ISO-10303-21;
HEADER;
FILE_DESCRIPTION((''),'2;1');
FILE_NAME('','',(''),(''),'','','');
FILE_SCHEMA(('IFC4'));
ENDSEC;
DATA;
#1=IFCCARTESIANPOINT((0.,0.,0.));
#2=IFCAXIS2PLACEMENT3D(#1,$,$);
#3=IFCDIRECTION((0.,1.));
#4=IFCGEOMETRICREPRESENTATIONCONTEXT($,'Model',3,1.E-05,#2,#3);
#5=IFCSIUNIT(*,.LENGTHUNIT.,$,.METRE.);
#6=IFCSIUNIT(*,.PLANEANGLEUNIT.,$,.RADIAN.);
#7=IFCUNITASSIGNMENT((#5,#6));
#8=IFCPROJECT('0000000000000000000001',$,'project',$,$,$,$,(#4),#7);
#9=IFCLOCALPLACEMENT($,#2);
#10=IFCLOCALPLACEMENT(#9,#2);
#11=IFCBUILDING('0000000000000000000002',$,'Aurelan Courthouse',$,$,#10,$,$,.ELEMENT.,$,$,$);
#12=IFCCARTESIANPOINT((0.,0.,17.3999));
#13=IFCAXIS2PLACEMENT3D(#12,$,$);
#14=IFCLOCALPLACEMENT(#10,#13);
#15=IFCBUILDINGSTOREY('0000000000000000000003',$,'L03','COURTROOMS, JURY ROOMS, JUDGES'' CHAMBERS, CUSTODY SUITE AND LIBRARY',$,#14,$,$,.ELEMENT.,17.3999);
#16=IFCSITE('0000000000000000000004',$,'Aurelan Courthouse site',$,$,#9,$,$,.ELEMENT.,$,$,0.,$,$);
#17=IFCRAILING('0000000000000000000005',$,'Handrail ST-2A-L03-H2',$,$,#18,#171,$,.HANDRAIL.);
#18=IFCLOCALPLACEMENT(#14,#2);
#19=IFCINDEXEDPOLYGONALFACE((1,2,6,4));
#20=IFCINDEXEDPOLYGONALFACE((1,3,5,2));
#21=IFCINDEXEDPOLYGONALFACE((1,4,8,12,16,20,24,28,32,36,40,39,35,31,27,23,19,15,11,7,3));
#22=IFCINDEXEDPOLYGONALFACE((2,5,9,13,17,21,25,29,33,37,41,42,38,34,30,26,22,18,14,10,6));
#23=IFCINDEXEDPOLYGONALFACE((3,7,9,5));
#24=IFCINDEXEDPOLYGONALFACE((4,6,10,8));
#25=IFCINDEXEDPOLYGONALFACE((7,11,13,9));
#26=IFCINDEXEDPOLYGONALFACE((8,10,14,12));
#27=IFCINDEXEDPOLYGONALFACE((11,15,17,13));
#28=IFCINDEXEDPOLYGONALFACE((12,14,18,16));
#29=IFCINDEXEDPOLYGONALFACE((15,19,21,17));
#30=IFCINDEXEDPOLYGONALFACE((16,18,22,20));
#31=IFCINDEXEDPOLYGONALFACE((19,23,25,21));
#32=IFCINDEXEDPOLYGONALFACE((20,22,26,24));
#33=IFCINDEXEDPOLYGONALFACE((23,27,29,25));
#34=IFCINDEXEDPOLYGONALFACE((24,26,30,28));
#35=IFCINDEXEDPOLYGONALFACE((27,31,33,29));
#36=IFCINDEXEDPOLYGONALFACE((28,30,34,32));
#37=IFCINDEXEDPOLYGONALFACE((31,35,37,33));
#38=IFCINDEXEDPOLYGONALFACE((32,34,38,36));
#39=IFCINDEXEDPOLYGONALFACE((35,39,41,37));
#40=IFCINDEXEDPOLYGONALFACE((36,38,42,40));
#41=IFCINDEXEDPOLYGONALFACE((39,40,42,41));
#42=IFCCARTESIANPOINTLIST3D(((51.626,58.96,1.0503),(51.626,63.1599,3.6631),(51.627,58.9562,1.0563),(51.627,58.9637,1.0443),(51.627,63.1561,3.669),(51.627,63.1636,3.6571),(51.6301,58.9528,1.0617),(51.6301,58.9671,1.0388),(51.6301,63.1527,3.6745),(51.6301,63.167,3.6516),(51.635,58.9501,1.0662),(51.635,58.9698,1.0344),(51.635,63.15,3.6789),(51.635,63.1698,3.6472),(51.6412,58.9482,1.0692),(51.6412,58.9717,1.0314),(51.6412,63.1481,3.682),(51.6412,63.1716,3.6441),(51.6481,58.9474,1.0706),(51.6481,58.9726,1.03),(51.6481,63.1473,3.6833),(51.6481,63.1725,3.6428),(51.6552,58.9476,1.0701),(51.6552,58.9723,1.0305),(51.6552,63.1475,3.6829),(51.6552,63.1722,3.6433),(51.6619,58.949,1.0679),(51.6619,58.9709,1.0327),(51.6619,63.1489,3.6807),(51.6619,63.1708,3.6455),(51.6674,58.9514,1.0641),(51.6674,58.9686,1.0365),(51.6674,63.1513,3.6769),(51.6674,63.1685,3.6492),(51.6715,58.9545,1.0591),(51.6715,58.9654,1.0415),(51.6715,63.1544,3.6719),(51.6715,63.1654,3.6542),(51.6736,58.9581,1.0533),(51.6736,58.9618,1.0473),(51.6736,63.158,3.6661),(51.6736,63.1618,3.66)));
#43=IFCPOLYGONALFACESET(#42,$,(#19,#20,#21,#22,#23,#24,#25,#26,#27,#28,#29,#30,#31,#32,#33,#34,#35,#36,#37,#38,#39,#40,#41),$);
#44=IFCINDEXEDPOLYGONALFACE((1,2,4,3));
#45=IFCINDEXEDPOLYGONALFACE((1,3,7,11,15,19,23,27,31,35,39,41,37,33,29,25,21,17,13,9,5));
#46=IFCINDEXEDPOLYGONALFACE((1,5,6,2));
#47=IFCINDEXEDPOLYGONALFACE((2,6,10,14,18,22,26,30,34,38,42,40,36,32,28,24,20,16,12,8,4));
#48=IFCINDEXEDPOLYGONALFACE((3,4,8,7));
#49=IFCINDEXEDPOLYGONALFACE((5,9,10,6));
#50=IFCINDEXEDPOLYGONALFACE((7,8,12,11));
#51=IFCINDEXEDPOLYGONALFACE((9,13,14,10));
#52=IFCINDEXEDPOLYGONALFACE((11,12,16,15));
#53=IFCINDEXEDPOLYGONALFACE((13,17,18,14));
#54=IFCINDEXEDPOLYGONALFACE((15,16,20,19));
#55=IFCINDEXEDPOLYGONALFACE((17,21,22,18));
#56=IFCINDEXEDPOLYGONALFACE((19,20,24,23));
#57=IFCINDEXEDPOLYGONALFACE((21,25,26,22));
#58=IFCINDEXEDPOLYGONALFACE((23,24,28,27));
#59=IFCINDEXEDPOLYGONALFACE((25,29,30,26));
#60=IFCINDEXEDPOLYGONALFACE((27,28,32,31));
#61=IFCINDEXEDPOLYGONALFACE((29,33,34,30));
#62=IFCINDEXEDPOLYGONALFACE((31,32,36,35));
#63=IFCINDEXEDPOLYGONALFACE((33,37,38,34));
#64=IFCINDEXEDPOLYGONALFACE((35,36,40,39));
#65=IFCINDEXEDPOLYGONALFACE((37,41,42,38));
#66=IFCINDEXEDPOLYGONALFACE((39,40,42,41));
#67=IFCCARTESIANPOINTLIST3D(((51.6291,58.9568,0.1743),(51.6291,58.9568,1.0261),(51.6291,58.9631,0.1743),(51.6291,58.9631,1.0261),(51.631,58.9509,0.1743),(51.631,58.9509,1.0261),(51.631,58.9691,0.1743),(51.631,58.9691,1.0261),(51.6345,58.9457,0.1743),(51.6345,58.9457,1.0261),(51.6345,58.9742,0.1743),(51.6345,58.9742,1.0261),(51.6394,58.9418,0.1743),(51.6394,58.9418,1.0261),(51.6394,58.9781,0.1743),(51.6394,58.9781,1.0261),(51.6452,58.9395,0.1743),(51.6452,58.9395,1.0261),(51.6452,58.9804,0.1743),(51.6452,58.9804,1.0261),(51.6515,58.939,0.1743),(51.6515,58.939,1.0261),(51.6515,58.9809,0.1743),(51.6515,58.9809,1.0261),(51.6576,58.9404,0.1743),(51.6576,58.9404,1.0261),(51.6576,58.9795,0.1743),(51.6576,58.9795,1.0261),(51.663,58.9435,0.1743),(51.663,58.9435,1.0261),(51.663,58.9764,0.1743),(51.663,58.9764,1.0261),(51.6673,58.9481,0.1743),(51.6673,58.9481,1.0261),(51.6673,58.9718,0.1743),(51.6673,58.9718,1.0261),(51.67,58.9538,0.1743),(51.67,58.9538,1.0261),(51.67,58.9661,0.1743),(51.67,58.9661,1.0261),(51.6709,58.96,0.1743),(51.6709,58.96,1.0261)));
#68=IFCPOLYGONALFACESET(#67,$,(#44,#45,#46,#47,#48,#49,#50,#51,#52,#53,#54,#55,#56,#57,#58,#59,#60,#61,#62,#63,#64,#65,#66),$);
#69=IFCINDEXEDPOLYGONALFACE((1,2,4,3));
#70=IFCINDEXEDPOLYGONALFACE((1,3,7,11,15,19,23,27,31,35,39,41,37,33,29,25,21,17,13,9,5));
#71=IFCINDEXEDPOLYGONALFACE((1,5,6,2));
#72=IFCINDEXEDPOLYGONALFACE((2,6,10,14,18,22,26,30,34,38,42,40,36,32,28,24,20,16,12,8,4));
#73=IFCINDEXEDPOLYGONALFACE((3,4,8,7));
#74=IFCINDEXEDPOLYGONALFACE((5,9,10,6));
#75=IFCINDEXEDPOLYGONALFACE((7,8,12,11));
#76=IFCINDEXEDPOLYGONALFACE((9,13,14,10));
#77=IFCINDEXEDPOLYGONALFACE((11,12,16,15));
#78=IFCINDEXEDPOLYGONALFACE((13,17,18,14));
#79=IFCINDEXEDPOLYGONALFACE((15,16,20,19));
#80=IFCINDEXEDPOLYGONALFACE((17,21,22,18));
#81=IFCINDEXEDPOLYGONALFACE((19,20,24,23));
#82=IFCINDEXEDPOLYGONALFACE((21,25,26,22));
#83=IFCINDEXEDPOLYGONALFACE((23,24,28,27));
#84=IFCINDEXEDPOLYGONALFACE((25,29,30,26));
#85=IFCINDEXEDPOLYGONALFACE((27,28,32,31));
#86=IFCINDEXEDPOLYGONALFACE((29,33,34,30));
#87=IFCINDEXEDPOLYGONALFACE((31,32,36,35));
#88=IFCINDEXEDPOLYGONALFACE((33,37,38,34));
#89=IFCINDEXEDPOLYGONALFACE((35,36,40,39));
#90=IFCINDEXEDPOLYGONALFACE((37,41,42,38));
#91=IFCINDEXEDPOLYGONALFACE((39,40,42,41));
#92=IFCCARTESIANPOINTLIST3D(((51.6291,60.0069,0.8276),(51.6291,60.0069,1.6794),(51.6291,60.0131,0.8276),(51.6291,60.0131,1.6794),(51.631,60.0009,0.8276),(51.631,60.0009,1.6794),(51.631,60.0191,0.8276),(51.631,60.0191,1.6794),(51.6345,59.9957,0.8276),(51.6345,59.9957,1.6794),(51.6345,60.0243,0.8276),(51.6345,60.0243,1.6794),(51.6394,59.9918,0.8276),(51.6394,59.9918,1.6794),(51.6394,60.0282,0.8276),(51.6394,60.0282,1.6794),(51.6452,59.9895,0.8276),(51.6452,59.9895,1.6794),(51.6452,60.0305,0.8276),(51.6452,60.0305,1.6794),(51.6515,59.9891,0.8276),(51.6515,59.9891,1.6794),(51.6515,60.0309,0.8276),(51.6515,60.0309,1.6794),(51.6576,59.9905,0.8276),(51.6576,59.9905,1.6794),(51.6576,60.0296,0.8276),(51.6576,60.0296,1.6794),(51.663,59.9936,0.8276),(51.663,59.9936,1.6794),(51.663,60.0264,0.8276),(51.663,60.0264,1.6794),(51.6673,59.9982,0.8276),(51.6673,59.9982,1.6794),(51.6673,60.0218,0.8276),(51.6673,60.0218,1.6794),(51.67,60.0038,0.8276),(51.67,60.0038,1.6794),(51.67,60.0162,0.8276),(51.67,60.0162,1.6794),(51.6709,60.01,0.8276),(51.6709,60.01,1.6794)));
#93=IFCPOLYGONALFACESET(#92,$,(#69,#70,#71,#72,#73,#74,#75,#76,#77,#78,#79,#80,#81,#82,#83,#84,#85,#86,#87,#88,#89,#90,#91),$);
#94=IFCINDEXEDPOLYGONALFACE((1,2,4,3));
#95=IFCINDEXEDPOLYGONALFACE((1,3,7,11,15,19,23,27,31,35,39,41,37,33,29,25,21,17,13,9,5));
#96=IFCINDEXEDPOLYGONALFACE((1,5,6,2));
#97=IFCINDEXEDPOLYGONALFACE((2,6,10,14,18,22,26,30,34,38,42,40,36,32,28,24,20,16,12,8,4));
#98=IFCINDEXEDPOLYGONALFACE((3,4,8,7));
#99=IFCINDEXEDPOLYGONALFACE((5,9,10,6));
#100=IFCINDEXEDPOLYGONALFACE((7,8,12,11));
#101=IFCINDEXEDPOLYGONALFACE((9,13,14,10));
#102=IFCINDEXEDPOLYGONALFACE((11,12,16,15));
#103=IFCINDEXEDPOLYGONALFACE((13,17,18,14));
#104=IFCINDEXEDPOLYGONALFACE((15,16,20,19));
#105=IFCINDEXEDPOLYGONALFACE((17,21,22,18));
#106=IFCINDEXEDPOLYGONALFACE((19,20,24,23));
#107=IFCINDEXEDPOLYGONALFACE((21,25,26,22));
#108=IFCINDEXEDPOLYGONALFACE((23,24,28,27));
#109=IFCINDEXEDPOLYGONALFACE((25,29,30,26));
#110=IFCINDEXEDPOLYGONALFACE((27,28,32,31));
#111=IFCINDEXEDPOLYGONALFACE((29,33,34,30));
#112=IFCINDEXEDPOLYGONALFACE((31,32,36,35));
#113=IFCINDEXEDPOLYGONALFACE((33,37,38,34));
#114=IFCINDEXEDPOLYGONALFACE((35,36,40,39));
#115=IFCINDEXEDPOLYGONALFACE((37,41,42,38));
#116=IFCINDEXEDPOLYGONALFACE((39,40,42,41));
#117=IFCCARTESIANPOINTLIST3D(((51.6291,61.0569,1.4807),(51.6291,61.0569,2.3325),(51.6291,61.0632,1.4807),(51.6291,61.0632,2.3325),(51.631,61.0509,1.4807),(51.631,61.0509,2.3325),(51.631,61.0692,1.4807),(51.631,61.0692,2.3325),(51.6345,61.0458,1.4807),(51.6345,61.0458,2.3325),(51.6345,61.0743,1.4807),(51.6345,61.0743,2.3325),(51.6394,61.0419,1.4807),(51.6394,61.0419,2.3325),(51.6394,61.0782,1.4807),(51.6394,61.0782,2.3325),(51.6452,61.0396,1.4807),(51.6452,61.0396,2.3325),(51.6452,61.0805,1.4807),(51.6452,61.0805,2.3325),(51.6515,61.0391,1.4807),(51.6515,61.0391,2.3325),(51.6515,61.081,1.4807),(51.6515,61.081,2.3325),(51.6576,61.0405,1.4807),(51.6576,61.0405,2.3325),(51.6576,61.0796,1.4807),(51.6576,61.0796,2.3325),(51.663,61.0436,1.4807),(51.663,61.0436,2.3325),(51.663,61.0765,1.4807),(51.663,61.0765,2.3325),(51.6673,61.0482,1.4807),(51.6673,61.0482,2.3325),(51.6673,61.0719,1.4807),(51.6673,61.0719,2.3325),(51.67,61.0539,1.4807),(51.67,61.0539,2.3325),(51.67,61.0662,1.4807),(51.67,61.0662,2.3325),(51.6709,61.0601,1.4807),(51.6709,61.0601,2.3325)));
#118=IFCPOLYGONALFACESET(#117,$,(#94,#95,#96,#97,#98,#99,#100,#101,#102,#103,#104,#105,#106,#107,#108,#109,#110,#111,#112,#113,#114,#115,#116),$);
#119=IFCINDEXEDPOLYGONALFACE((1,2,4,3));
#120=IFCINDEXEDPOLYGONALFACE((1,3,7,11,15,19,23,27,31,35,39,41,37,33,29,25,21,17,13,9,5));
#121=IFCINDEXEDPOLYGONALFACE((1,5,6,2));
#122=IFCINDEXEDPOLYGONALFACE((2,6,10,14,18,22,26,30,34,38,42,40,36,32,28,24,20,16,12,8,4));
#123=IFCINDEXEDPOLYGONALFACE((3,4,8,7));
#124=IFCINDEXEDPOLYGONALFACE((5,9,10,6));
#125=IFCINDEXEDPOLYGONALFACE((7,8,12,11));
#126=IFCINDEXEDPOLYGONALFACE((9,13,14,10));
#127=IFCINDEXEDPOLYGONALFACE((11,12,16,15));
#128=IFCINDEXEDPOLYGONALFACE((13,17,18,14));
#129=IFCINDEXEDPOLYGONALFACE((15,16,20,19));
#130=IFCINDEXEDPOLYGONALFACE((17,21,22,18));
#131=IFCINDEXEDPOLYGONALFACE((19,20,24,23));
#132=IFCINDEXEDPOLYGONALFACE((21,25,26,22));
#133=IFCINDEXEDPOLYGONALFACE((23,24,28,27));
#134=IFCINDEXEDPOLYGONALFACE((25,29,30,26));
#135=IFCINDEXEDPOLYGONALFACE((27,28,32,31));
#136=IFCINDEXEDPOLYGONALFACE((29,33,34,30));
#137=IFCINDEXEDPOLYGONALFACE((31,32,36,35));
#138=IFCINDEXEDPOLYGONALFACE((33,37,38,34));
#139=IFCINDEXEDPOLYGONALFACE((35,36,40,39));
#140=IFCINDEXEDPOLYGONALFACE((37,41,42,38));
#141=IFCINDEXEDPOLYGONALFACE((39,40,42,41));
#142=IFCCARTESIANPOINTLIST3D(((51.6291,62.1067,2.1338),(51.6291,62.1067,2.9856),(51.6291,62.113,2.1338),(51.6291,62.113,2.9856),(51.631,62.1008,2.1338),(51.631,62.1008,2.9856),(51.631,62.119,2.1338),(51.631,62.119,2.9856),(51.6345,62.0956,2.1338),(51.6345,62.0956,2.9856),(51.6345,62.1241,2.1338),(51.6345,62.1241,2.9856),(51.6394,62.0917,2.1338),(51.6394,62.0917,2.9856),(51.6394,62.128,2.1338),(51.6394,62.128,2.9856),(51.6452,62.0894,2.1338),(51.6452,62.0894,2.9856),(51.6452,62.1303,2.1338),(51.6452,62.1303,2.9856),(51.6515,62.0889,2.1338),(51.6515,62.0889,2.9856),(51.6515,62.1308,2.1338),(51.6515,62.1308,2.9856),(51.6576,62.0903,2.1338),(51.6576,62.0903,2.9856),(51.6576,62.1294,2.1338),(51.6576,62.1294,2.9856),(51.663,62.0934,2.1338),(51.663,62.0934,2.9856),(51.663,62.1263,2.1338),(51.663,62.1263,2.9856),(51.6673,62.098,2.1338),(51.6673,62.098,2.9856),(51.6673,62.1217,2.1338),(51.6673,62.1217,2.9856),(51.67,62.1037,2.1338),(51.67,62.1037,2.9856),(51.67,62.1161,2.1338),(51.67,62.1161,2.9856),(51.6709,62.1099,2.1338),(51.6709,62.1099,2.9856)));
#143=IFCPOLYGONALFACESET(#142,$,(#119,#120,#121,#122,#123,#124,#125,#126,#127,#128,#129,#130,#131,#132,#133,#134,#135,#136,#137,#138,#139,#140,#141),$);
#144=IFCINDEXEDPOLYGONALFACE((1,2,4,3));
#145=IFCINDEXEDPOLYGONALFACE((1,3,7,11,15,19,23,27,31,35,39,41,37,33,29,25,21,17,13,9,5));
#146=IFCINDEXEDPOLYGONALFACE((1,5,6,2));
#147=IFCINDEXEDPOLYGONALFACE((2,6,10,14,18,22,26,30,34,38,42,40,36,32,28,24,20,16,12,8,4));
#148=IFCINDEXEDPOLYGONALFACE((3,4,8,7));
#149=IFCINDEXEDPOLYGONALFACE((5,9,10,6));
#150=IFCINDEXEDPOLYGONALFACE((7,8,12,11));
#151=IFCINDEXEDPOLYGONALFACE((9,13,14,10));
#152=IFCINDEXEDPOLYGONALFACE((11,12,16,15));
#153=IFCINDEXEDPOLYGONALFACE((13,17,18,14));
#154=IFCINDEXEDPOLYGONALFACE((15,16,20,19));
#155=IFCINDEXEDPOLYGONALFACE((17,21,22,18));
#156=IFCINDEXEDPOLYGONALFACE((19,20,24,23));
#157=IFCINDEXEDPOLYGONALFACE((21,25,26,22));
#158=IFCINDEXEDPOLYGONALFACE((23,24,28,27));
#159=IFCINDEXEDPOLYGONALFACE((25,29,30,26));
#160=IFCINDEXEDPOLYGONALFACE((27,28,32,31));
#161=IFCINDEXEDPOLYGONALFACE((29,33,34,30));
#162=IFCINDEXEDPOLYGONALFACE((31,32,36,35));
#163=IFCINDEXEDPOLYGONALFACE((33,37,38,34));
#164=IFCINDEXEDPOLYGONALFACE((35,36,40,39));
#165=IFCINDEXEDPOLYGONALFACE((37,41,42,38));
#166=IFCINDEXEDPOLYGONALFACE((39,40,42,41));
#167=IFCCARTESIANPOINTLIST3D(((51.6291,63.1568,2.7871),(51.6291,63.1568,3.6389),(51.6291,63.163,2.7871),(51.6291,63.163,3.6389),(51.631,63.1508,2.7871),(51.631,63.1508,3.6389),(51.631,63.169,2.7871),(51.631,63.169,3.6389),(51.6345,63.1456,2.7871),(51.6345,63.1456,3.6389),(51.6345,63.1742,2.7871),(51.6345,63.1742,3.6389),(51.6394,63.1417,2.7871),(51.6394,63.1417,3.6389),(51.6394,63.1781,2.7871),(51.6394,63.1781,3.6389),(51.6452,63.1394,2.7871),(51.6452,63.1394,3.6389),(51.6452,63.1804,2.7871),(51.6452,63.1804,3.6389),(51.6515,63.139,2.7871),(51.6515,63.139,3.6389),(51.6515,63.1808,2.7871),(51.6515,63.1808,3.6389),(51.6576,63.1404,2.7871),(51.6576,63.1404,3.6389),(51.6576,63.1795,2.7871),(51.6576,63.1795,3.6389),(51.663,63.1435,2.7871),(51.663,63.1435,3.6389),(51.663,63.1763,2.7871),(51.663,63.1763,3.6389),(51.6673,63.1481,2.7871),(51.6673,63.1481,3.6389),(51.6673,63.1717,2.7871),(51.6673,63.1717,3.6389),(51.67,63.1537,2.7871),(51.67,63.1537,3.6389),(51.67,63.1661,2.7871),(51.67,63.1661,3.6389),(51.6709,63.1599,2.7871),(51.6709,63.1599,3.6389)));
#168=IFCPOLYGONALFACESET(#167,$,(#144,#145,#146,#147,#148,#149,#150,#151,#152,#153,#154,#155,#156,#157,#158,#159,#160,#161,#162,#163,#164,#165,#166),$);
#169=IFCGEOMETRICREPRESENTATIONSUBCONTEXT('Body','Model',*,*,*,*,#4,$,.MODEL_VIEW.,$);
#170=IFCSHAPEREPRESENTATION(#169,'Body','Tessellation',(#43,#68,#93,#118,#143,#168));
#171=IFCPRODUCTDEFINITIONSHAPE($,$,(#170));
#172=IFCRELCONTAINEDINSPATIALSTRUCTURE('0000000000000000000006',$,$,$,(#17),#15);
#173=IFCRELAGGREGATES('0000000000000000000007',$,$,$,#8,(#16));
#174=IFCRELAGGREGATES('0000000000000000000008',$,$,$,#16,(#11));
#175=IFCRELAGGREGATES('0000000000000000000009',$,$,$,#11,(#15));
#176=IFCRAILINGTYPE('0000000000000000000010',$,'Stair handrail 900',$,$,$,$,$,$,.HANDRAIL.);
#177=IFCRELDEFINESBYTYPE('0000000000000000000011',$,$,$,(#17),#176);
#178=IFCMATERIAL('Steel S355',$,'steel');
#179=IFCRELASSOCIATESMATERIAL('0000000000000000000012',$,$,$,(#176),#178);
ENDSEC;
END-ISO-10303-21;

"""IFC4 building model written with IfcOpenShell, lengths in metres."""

from ifc_helpers import new_model, si_unit, direction, frame, origin, origin_2d, place, context, subcontext, project, spatial, circle, extrude, material, type_object, element, save


model = new_model("IFC4")

# Units and contexts
model_context = context("Model", 3, precision=1e-05, world=origin(), true_north=direction((0.0, 1.0)))
body_context = subcontext(model_context, "Body", "Model", "MODEL_VIEW")
ifc_project = project(units=[si_unit("LENGTHUNIT", "METRE"), si_unit("PLANEANGLEUNIT", "RADIAN")], contexts=[model_context])

# Site, building, storey
site_placement = place(None, origin())
site = spatial("IfcSite", under=ifc_project, at=site_placement, Name="Aurelan Courthouse site", CompositionType="ELEMENT", RefElevation=0.0)
building_placement = place(site_placement, origin())
building = spatial("IfcBuilding", under=site, at=building_placement, Name="Aurelan Courthouse", CompositionType="ELEMENT")
storey_placement = place(building_placement, frame((0.0, 0.0, 17.3999)))
storey = spatial("IfcBuildingStorey", under=building, at=storey_placement, Name="L03", Description="COURTROOMS, JURY ROOMS, JUDGES' CHAMBERS, CUSTODY SUITE AND LIBRARY", CompositionType="ELEMENT", Elevation=17.3999)

# Railing
ifc_material_1 = material(Name="Steel S355", Category="steel")
railing_type_1 = type_object("IfcRailingType", Name="Stair handrail 900", PredefinedType="HANDRAIL", material=ifc_material_1)
for number, where, name in (
    (1, (51.6499, 58.96, 0.1743), "Handrail ST-2A-L03-H2"),
):
    element("IfcRailing", number, at=place(storey_placement, frame(where)), inside=storey, type_object=railing_type_1, Name=name, PredefinedType="HANDRAIL", context=body_context, shape_type="SweptSolid", body=[
        extrude(circle(Radius=0.0239, at=origin_2d()), frame((0.0, 0.0, 0.876), z_axis=(0.0, 0.849103, 0.528228), x_axis=(-1.0, 0.0, 0.0)), (0.0, 0.0, 1.0), 4.9463),
        extrude(circle(Radius=0.021, at=origin_2d()), origin(), (0.0, 0.0, 1.0), 0.8518),
        extrude(circle(Radius=0.021, at=origin_2d()), frame((0.0, 1.05, 0.6533)), (0.0, 0.0, 1.0), 0.8518),
        extrude(circle(Radius=0.021, at=origin_2d()), frame((0.0, 2.1001, 1.3064)), (0.0, 0.0, 1.0), 0.8518),
        extrude(circle(Radius=0.021, at=origin_2d()), frame((0.0, 3.1499, 1.9595)), (0.0, 0.0, 1.0), 0.8518),
        extrude(circle(Radius=0.021, at=origin_2d()), frame((0.0, 4.2, 2.6128)), (0.0, 0.0, 1.0), 0.8518),
    ])

save(model, "model.ifc")
